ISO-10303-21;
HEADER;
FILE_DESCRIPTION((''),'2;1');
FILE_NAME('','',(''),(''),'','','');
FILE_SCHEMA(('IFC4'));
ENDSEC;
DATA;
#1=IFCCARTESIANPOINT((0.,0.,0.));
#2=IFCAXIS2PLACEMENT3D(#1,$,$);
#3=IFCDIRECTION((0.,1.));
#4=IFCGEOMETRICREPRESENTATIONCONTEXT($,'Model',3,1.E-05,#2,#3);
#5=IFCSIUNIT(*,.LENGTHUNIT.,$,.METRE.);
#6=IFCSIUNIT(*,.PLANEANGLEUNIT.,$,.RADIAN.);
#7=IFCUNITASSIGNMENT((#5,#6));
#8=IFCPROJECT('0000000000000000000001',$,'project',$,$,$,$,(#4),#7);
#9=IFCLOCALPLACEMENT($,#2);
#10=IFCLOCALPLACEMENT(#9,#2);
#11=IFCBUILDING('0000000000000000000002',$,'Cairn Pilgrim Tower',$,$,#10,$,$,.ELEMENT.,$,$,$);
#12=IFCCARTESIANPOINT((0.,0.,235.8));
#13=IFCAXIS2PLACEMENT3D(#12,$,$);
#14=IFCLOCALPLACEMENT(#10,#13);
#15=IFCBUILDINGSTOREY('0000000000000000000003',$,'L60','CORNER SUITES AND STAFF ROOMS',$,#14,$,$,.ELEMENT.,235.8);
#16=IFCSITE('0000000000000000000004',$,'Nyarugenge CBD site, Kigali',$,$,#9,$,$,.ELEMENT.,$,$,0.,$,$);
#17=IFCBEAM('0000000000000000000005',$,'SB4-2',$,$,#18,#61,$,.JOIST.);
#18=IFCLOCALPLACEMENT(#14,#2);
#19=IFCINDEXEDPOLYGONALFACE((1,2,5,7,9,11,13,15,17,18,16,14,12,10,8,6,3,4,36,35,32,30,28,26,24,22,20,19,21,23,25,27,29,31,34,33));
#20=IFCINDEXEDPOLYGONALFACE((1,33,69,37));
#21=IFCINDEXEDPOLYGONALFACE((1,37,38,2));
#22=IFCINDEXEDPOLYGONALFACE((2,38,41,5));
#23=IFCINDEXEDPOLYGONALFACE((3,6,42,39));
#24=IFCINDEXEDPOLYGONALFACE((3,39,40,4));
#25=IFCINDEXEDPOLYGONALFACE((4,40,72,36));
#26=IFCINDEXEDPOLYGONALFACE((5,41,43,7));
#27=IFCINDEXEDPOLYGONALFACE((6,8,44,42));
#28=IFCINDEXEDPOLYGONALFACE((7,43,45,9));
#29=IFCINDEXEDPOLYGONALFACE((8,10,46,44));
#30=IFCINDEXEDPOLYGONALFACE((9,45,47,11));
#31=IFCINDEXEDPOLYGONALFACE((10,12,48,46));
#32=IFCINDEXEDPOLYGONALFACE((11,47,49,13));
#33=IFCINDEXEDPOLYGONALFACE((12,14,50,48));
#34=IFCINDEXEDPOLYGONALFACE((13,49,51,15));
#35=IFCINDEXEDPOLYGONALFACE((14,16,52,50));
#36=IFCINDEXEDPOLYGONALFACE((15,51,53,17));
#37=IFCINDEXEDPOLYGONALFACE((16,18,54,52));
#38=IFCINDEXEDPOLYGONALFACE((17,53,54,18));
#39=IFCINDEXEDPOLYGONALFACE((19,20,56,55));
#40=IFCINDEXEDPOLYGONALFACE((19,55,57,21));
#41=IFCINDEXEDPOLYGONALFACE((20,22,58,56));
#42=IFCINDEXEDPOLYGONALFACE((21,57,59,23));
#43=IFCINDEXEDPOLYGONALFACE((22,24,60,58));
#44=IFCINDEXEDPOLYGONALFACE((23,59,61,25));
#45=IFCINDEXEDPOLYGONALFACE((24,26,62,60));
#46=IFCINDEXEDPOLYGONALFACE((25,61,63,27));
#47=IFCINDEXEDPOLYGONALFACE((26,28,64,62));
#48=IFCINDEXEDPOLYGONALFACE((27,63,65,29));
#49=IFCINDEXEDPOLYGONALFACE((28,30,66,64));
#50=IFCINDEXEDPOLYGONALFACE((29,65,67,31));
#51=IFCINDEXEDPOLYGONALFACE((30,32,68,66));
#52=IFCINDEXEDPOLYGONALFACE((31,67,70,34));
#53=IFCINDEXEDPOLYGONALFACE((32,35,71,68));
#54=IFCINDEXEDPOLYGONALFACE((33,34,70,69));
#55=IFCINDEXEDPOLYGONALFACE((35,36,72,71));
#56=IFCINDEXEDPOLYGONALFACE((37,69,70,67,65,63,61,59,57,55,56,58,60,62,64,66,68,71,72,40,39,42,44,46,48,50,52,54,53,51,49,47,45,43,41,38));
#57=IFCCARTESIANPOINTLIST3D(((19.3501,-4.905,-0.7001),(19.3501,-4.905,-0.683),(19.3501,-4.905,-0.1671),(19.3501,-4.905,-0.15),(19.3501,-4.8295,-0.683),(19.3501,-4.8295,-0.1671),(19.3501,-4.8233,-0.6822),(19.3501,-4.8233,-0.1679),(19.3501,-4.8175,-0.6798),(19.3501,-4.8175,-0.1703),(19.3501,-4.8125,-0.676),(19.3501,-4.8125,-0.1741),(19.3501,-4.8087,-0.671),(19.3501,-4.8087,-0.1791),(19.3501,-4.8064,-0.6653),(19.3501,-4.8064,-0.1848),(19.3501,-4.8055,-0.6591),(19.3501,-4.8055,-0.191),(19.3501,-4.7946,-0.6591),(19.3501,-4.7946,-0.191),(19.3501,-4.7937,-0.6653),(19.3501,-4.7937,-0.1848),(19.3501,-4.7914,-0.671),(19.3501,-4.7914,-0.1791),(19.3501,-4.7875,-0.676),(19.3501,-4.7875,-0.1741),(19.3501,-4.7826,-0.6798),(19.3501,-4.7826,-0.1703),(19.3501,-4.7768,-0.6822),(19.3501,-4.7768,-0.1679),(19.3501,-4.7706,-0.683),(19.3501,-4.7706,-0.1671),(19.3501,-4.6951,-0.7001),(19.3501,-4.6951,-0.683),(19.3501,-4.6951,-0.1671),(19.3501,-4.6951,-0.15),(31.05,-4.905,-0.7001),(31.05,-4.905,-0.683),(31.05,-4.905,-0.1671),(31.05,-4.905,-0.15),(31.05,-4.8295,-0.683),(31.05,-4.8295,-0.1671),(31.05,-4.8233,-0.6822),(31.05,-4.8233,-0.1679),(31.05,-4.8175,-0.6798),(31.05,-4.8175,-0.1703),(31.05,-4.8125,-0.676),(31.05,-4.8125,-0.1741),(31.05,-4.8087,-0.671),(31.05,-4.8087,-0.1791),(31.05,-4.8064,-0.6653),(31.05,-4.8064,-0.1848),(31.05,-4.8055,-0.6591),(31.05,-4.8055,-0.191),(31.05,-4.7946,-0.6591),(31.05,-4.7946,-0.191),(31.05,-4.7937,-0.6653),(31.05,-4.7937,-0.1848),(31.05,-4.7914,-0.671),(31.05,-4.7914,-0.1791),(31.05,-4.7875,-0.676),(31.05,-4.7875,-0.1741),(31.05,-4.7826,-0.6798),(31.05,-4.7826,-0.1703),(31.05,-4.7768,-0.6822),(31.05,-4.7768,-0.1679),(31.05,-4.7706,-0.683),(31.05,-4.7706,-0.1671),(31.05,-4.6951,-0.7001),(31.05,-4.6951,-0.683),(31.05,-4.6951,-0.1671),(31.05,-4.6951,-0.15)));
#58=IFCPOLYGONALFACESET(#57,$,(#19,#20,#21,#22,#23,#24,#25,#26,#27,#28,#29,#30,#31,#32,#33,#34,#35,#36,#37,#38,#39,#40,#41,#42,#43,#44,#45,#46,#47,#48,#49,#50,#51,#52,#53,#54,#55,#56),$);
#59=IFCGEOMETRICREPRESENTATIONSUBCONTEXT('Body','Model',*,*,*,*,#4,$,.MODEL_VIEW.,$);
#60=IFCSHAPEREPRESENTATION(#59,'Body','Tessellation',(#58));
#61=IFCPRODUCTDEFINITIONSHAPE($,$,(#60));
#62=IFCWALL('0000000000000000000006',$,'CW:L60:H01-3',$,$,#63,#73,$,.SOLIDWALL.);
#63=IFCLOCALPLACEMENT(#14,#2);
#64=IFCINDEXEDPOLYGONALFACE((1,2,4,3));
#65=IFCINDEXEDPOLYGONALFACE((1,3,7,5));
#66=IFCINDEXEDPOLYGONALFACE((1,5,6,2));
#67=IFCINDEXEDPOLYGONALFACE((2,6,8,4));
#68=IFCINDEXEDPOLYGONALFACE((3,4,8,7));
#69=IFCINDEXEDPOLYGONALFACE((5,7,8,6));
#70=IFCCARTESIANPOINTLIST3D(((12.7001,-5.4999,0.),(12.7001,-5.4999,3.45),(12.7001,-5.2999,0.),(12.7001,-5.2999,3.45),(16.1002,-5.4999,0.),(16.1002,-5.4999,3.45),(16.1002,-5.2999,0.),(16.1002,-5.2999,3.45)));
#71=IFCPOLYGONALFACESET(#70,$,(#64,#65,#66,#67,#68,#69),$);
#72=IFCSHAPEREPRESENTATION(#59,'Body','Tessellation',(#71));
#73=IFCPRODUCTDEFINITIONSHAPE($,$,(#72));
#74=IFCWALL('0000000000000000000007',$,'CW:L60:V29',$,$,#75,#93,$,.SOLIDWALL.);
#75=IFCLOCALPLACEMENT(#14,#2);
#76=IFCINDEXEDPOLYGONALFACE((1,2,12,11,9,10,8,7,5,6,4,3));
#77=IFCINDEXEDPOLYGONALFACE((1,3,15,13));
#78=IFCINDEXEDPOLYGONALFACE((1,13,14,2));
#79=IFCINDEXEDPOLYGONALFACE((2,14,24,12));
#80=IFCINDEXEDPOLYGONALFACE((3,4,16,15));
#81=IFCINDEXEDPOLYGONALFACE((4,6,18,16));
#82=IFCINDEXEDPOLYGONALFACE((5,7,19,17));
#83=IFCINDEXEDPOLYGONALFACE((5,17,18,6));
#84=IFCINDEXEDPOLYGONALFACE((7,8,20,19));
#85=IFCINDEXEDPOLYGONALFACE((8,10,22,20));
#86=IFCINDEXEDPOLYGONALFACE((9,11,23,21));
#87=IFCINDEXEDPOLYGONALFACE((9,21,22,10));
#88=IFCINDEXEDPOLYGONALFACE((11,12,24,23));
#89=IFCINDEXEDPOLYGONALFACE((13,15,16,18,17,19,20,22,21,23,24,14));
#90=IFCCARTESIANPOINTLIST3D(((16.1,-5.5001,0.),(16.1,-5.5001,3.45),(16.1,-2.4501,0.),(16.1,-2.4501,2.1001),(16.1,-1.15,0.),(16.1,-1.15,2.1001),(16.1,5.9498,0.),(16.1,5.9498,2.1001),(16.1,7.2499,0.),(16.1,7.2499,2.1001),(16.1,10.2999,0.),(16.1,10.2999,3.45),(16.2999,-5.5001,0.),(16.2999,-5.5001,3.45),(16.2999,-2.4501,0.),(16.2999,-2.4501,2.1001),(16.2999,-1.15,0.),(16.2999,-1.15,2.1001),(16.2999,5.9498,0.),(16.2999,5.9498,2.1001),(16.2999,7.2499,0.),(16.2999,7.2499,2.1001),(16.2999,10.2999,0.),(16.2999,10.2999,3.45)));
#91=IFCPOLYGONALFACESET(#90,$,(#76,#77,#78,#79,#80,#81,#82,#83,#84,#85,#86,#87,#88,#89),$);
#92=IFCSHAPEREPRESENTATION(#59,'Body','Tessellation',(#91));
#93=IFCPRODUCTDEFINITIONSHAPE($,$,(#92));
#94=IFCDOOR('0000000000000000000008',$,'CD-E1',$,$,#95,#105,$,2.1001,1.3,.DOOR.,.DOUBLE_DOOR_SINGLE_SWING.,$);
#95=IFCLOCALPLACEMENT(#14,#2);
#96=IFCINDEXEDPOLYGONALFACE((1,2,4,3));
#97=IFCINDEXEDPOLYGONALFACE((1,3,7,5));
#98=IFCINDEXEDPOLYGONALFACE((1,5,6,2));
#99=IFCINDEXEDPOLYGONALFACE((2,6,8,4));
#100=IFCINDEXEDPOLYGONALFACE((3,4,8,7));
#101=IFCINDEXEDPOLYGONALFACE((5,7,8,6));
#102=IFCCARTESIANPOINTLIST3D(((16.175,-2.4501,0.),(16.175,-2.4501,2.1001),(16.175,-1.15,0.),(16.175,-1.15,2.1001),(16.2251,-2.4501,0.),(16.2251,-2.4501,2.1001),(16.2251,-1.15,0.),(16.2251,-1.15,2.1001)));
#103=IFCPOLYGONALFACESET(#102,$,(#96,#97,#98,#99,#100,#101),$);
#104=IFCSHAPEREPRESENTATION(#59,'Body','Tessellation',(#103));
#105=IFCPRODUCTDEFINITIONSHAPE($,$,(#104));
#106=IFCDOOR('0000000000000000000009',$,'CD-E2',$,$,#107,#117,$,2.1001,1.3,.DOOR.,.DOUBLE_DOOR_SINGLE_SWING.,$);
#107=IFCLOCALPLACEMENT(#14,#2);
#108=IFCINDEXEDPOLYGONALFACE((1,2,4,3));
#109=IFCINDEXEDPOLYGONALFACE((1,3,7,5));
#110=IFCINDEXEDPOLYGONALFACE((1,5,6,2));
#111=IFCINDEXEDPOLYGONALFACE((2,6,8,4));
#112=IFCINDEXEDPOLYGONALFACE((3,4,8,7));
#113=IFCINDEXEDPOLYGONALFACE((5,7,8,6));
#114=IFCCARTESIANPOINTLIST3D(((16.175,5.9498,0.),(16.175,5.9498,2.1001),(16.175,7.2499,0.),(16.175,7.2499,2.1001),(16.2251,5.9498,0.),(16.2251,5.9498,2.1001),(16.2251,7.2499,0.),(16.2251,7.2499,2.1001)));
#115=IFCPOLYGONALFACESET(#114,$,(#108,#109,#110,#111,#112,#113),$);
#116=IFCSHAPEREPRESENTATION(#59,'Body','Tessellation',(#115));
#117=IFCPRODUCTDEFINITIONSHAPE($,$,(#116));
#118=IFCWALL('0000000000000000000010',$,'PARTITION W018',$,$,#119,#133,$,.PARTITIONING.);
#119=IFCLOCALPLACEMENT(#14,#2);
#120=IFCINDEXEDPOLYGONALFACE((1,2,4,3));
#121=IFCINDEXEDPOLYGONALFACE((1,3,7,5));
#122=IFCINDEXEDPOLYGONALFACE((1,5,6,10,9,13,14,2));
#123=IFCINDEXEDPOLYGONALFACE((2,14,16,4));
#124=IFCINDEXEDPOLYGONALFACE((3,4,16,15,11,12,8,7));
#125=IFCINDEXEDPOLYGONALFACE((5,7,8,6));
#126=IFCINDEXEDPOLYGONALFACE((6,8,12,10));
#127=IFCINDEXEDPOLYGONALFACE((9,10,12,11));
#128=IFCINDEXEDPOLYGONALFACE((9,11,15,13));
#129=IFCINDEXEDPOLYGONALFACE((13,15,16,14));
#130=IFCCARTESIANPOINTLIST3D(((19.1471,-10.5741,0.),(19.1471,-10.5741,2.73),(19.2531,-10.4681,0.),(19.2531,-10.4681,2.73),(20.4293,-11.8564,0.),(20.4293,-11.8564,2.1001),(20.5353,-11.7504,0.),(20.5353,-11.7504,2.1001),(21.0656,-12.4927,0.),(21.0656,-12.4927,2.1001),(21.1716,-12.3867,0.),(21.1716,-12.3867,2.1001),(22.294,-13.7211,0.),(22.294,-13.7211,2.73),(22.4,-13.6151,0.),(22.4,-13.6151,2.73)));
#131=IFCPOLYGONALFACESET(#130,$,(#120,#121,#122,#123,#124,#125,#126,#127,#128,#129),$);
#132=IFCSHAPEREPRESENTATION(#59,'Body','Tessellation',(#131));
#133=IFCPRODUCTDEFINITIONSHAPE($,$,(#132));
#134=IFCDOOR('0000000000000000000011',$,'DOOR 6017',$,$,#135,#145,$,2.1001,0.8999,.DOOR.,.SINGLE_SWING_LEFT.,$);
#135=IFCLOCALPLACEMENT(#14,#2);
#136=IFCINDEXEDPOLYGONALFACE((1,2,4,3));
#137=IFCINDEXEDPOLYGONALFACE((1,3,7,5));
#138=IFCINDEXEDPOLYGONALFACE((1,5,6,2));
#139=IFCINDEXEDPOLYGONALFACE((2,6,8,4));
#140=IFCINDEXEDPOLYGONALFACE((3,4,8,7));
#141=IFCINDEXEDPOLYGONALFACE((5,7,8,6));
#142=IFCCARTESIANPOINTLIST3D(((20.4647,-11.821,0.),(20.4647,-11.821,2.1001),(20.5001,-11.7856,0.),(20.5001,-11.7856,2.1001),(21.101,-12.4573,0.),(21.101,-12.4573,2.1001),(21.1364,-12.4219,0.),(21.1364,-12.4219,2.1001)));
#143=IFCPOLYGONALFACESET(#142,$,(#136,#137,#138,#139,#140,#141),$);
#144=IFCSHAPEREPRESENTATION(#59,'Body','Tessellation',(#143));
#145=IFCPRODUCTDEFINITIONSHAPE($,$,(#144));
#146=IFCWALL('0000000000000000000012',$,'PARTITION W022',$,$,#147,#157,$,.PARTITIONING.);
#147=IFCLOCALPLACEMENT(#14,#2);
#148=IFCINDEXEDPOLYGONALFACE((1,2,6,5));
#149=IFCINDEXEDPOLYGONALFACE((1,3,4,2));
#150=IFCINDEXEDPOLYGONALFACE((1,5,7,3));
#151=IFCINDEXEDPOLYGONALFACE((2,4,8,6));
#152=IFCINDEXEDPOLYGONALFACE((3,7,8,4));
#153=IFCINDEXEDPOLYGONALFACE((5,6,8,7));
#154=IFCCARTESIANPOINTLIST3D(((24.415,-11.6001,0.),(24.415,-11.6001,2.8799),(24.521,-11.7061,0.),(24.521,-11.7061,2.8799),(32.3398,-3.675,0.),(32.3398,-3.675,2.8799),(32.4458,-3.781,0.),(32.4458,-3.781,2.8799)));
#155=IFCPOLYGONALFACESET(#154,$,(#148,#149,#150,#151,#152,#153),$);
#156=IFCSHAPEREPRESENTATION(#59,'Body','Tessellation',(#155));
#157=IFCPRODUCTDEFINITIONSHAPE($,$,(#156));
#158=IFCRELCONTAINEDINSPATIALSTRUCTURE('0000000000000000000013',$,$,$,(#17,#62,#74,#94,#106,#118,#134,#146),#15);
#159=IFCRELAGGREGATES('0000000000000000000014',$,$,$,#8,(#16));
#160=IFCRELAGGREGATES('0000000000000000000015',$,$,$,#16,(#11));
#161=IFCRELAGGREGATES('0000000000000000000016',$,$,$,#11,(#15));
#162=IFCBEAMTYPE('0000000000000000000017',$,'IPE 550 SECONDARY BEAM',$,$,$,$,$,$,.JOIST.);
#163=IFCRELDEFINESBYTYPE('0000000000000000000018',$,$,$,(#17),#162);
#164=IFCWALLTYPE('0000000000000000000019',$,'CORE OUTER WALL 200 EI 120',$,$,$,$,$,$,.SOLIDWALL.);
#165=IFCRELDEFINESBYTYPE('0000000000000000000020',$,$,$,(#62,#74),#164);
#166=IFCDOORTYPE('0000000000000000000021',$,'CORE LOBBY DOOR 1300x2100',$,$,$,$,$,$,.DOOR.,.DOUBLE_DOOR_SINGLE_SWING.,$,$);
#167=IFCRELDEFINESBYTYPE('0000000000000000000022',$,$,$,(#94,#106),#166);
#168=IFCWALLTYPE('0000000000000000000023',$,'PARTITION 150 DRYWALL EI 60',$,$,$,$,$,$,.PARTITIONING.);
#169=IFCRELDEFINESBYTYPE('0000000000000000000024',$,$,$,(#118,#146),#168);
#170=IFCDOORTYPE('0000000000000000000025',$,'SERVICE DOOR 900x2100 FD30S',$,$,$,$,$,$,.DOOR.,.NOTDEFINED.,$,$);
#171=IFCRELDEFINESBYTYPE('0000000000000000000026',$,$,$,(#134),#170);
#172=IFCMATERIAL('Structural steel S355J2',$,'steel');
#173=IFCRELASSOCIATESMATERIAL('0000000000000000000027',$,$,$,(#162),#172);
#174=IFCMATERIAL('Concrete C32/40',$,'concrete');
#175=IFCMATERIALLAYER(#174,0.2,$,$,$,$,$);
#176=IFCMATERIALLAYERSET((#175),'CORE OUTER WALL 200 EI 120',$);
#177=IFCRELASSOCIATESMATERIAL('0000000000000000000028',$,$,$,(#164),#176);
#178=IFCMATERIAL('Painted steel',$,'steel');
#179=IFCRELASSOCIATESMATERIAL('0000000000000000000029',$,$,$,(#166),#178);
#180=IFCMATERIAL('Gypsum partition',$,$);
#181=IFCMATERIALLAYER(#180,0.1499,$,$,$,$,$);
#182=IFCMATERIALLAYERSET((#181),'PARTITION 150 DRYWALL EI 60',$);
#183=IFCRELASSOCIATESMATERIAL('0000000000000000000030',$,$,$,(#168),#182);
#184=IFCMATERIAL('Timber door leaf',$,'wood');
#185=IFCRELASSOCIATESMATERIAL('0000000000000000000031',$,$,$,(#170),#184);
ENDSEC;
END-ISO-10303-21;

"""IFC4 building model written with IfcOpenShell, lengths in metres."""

from ifc_helpers import new_model, si_unit, direction, frame, frame_2d, origin, origin_2d, place, context, subcontext, project, spatial, rectangle, i_section, extrude, material, layer, layer_set, material_profile, profile_set, type_object, element, fill, save


model = new_model("IFC4")

# Units and contexts
model_context = context("Model", 3, precision=1e-05, world=origin(), true_north=direction((0.0, 1.0)))
body_context = subcontext(model_context, "Body", "Model", "MODEL_VIEW")
ifc_project = project(units=[si_unit("LENGTHUNIT", "METRE"), si_unit("PLANEANGLEUNIT", "RADIAN")], contexts=[model_context])

# Site, building, storey
site_placement = place(None, origin())
site = spatial("IfcSite", under=ifc_project, at=site_placement, Name="Nyarugenge CBD site, Kigali", CompositionType="ELEMENT", RefElevation=0.0)
building_placement = place(site_placement, origin())
building = spatial("IfcBuilding", under=site, at=building_placement, Name="Cairn Pilgrim Tower", CompositionType="ELEMENT")
storey_placement = place(building_placement, frame((0.0, 0.0, 235.8)))
storey = spatial("IfcBuildingStorey", under=building, at=storey_placement, Name="L60", Description="CORNER SUITES AND STAFF ROOMS", CompositionType="ELEMENT", Elevation=235.8)

# Shared definitions
ifc_material_1 = material(Name="Structural steel S355J2", Category="steel")

# Beam
ifc_material_profile_1 = material_profile(ifc_material_1, i_section(OverallWidth=0.21, OverallDepth=0.55, WebThickness=0.011, FlangeThickness=0.0171, FilletRadius=0.0239, at=origin_2d()), Name="IPE 550")
ifc_profile_set_1 = profile_set([ifc_material_profile_1], Name="Structural steel S355J2")
beam_type_1 = type_object("IfcBeamType", Name="IPE 550 SECONDARY BEAM", PredefinedType="JOIST", material=ifc_profile_set_1)
for number, where, z_axis, x_axis, name in (
    (1, (19.3501, -4.8, -0.425), (1.0, 0.0, 0.0), (0.0, 1.0, 0.0), "SB4-2"),
):
    element("IfcBeam", number, at=place(storey_placement, frame(where, z_axis=z_axis, x_axis=x_axis)), inside=storey, type_object=beam_type_1, Name=name, PredefinedType="JOIST", context=body_context, shape_type="SweptSolid", body=[
        extrude(i_section(OverallWidth=0.21, OverallDepth=0.55, WebThickness=0.011, FlangeThickness=0.0171, FilletRadius=0.0239, at=origin_2d()), origin(), (0.0, 0.0, 1.0), 11.7),
    ])

# Wall
ifc_material_2 = material(Name="Concrete C32/40", Category="concrete")
ifc_layer_1 = layer(ifc_material_2, 0.2)
ifc_layer_set_1 = layer_set([ifc_layer_1], Name="CORE OUTER WALL 200 EI 120")
wall_type_1 = type_object("IfcWallType", Name="CORE OUTER WALL 200 EI 120", PredefinedType="SOLIDWALL", material=ifc_layer_set_1)
wall_1_placement = place(storey_placement, frame((12.7, -5.3999, 0.0), z_axis=(0.0, 0.0, 1.0), x_axis=(1.0, 0.0, 0.0)))
element("IfcWall", 2, at=wall_1_placement, inside=storey, type_object=wall_type_1, Name="CW:L60:H01-3", PredefinedType="SOLIDWALL", context=body_context, shape_type="SweptSolid", body=[
    extrude(rectangle(XDim=3.4001, YDim=0.2, at=frame_2d((1.7002, 0.0))), origin(), (0.0, 0.0, 1.0), 3.45),
])

# Wall, openings, doors
wall_2_placement = place(storey_placement, frame((16.2, -5.5, 0.0), z_axis=(0.0, 0.0, 1.0), x_axis=(0.0, 1.0, 0.0)))
wall_2 = element("IfcWall", 3, at=wall_2_placement, inside=storey, type_object=wall_type_1, Name="CW:L60:V29", PredefinedType="SOLIDWALL", context=body_context, shape_type="SweptSolid", body=[
    extrude(rectangle(XDim=15.8, YDim=0.2, at=frame_2d((7.8999, 0.0))), origin(), (0.0, 0.0, 1.0), 3.45),
])
opening_1_placement = place(wall_2_placement, frame((3.05, 0.0, 0.0)))
opening_1 = element("IfcOpeningElement", 4, at=opening_1_placement, cuts=wall_2, PredefinedType="OPENING", context=body_context, shape_type="SweptSolid", body=[
    extrude(rectangle(XDim=1.3, YDim=2.1001, at=frame_2d((0.6499, 1.05))), frame((0.0, 0.1099, 0.0), z_axis=(0.0, -1.0, 0.0), x_axis=(1.0, 0.0, 0.0)), (0.0, 0.0, 1.0), 0.22),
])
opening_2_placement = place(wall_2_placement, frame((11.45, 0.0, 0.0)))
opening_2 = element("IfcOpeningElement", 5, at=opening_2_placement, cuts=wall_2, PredefinedType="OPENING", context=body_context, shape_type="SweptSolid", body=[
    extrude(rectangle(XDim=1.3, YDim=2.1001, at=frame_2d((0.6499, 1.05))), frame((0.0, 0.1099, 0.0), z_axis=(0.0, -1.0, 0.0), x_axis=(1.0, 0.0, 0.0)), (0.0, 0.0, 1.0), 0.22),
])
ifc_material_3 = material(Name="Painted steel", Category="steel")
door_type_1 = type_object("IfcDoorType", Name="CORE LOBBY DOOR 1300x2100", OperationType="DOUBLE_DOOR_SINGLE_SWING", PredefinedType="DOOR", material=ifc_material_3)
door_1_placement = place(opening_1_placement, origin())
door_1 = element("IfcDoor", 6, at=door_1_placement, inside=storey, type_object=door_type_1, Name="CD-E1", OperationType="DOUBLE_DOOR_SINGLE_SWING", OverallHeight=2.1001, OverallWidth=1.3, PredefinedType="DOOR", context=body_context, shape_type="SweptSolid", body=[
    extrude(rectangle(XDim=1.3, YDim=2.1001, at=frame_2d((0.6499, 1.05))), frame((0.0, 0.0249, 0.0), z_axis=(0.0, -1.0, 0.0), x_axis=(1.0, 0.0, 0.0)), (0.0, 0.0, 1.0), 0.05),
])
fill(opening_1, door_1)
door_2_placement = place(opening_2_placement, origin())
door_2 = element("IfcDoor", 7, at=door_2_placement, inside=storey, type_object=door_type_1, Name="CD-E2", OperationType="DOUBLE_DOOR_SINGLE_SWING", OverallHeight=2.1001, OverallWidth=1.3, PredefinedType="DOOR", context=body_context, shape_type="SweptSolid", body=[
    extrude(rectangle(XDim=1.3, YDim=2.1001, at=frame_2d((0.6499, 1.05))), frame((0.0, 0.0249, 0.0), z_axis=(0.0, -1.0, 0.0), x_axis=(1.0, 0.0, 0.0)), (0.0, 0.0, 1.0), 0.05),
])
fill(opening_2, door_2)

# Wall, opening, door
ifc_material_4 = material(Name="Gypsum partition")
ifc_layer_2 = layer(ifc_material_4, 0.1499)
ifc_layer_set_2 = layer_set([ifc_layer_2], Name="PARTITION 150 DRYWALL EI 60")
wall_type_2 = type_object("IfcWallType", Name="PARTITION 150 DRYWALL EI 60", PredefinedType="PARTITIONING", material=ifc_layer_set_2)
wall_3_placement = place(storey_placement, frame((22.3469, -13.668, 0.0), z_axis=(0.0, 0.0, 1.0), x_axis=(-0.707107, 0.707107, 0.0)))
wall_3 = element("IfcWall", 8, at=wall_3_placement, inside=storey, type_object=wall_type_2, Name="PARTITION W018", PredefinedType="PARTITIONING", context=body_context, shape_type="SweptSolid", body=[
    extrude(rectangle(XDim=4.4504, YDim=0.1499, at=frame_2d((2.2251, 0.0))), origin(), (0.0, 0.0, 1.0), 2.73),
])
opening_3_placement = place(wall_3_placement, frame((1.7371, 0.0, 0.0)))
opening_3 = element("IfcOpeningElement", 9, at=opening_3_placement, cuts=wall_3, PredefinedType="OPENING", context=body_context, shape_type="SweptSolid", body=[
    extrude(rectangle(XDim=0.8999, YDim=2.1001, at=frame_2d((0.45, 1.05))), frame((0.0, 0.085, 0.0), z_axis=(0.0, -1.0, 0.0), x_axis=(1.0, 0.0, 0.0)), (0.0, 0.0, 1.0), 0.1699),
])
ifc_material_5 = material(Name="Timber door leaf", Category="wood")
door_type_2 = type_object("IfcDoorType", Name="SERVICE DOOR 900x2100 FD30S", OperationType="NOTDEFINED", PredefinedType="DOOR", material=ifc_material_5)
door_3_placement = place(opening_3_placement, origin())
door_3 = element("IfcDoor", 10, at=door_3_placement, inside=storey, type_object=door_type_2, Name="DOOR 6017", OperationType="SINGLE_SWING_LEFT", OverallHeight=2.1001, OverallWidth=0.8999, PredefinedType="DOOR", context=body_context, shape_type="SweptSolid", body=[
    extrude(rectangle(XDim=0.8999, YDim=2.1001, at=frame_2d((0.45, 1.05))), frame((0.0, 0.0249, 0.0), z_axis=(0.0, -1.0, 0.0), x_axis=(1.0, 0.0, 0.0)), (0.0, 0.0, 1.0), 0.05),
])
fill(opening_3, door_3)

# Wall
wall_4_placement = place(storey_placement, frame((24.468, -11.6531, 0.0), z_axis=(0.0, 0.0, 1.0), x_axis=(0.707096, 0.707118, 0.0)))
element("IfcWall", 11, at=wall_4_placement, inside=storey, type_object=wall_type_2, Name="PARTITION W022", PredefinedType="PARTITIONING", context=body_context, shape_type="SweptSolid", body=[
    extrude(rectangle(XDim=11.2075, YDim=0.1499, at=frame_2d((5.6038, 0.0))), origin(), (0.0, 0.0, 1.0), 2.8799),
])

save(model, "model.ifc")
